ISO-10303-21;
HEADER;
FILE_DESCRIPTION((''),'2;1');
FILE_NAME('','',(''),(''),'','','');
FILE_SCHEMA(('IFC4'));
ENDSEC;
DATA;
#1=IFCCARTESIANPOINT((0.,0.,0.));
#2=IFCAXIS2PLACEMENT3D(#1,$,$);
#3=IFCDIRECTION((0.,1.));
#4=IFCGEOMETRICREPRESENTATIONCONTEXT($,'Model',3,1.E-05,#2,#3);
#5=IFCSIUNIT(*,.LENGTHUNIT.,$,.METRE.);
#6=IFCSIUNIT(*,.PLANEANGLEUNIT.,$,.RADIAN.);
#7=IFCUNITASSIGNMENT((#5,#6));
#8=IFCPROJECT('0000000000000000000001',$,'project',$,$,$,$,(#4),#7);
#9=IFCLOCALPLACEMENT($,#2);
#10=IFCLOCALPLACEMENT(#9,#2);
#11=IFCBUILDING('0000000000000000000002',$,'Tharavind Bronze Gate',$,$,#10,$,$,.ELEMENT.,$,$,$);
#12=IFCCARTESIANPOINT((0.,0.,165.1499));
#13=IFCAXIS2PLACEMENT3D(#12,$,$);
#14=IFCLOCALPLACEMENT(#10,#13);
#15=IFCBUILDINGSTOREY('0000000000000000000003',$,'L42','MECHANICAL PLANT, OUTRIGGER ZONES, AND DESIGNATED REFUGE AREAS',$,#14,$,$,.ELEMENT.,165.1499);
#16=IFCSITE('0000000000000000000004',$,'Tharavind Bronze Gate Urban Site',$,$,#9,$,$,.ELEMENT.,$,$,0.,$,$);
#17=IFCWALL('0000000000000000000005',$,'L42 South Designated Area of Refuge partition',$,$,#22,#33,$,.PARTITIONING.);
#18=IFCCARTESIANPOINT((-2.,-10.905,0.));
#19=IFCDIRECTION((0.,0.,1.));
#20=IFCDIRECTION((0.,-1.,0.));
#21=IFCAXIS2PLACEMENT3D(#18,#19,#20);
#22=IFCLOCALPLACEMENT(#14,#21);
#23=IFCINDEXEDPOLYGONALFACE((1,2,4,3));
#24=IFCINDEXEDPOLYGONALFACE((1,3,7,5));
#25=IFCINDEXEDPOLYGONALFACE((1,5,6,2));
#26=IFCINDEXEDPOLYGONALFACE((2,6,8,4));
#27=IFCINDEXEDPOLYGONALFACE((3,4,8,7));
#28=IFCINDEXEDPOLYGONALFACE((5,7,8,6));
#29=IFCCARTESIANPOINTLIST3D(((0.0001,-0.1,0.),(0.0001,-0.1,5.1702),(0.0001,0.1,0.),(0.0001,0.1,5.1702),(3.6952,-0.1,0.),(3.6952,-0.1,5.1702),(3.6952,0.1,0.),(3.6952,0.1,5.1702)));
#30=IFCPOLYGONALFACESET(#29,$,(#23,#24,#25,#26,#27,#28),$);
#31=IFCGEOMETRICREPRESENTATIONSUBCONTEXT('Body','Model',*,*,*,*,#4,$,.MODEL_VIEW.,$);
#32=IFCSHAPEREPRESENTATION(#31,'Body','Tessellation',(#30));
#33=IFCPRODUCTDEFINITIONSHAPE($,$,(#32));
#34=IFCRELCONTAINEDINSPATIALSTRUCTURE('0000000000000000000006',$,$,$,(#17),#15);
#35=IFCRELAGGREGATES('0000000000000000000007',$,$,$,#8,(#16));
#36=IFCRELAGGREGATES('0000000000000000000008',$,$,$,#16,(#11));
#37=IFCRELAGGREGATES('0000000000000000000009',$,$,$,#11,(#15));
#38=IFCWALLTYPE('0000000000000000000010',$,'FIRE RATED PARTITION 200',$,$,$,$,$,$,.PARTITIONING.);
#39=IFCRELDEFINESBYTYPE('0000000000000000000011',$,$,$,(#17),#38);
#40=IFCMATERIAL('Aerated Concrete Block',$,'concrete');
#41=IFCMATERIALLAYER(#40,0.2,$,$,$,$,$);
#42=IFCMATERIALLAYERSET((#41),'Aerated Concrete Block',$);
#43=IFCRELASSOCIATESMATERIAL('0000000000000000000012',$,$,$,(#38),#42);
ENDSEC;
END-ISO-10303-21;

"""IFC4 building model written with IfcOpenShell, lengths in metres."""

from ifc_helpers import new_model, si_unit, direction, frame, frame_2d, origin, place, context, subcontext, project, spatial, rectangle, extrude, material, layer, layer_set, type_object, element, save


model = new_model("IFC4")

# Units and contexts
model_context = context("Model", 3, precision=1e-05, world=origin(), true_north=direction((0.0, 1.0)))
body_context = subcontext(model_context, "Body", "Model", "MODEL_VIEW")
ifc_project = project(units=[si_unit("LENGTHUNIT", "METRE"), si_unit("PLANEANGLEUNIT", "RADIAN")], contexts=[model_context])

# Site, building, storey
site_placement = place(None, origin())
site = spatial("IfcSite", under=ifc_project, at=site_placement, Name="Tharavind Bronze Gate Urban Site", CompositionType="ELEMENT", RefElevation=0.0)
building_placement = place(site_placement, origin())
building = spatial("IfcBuilding", under=site, at=building_placement, Name="Tharavind Bronze Gate", CompositionType="ELEMENT")
storey_placement = place(building_placement, frame((0.0, 0.0, 165.1499)))
storey = spatial("IfcBuildingStorey", under=building, at=storey_placement, Name="L42", Description="MECHANICAL PLANT, OUTRIGGER ZONES, AND DESIGNATED REFUGE AREAS", CompositionType="ELEMENT", Elevation=165.1499)

# Shared definitions
ifc_material_1 = material(Name="Aerated Concrete Block", Category="concrete")
ifc_layer_1 = layer(ifc_material_1, 0.2)
ifc_layer_set_1 = layer_set([ifc_layer_1], Name="Aerated Concrete Block")
wall_type_1 = type_object("IfcWallType", Name="FIRE RATED PARTITION 200", PredefinedType="PARTITIONING", material=ifc_layer_set_1)

# Wall
wall_1_placement = place(storey_placement, frame((-2.0, -10.905, 0.0), z_axis=(0.0, 0.0, 1.0), x_axis=(0.0, -1.0, 0.0)))
element("IfcWall", 1, at=wall_1_placement, inside=storey, type_object=wall_type_1, Name="L42 South Designated Area of Refuge partition", PredefinedType="PARTITIONING", context=body_context, shape_type="SweptSolid", body=[
    extrude(rectangle(XDim=3.6951, YDim=0.2, at=frame_2d((1.8477, 0.0))), origin(), (0.0, 0.0, 1.0), 5.1702),
])

save(model, "model.ifc")
